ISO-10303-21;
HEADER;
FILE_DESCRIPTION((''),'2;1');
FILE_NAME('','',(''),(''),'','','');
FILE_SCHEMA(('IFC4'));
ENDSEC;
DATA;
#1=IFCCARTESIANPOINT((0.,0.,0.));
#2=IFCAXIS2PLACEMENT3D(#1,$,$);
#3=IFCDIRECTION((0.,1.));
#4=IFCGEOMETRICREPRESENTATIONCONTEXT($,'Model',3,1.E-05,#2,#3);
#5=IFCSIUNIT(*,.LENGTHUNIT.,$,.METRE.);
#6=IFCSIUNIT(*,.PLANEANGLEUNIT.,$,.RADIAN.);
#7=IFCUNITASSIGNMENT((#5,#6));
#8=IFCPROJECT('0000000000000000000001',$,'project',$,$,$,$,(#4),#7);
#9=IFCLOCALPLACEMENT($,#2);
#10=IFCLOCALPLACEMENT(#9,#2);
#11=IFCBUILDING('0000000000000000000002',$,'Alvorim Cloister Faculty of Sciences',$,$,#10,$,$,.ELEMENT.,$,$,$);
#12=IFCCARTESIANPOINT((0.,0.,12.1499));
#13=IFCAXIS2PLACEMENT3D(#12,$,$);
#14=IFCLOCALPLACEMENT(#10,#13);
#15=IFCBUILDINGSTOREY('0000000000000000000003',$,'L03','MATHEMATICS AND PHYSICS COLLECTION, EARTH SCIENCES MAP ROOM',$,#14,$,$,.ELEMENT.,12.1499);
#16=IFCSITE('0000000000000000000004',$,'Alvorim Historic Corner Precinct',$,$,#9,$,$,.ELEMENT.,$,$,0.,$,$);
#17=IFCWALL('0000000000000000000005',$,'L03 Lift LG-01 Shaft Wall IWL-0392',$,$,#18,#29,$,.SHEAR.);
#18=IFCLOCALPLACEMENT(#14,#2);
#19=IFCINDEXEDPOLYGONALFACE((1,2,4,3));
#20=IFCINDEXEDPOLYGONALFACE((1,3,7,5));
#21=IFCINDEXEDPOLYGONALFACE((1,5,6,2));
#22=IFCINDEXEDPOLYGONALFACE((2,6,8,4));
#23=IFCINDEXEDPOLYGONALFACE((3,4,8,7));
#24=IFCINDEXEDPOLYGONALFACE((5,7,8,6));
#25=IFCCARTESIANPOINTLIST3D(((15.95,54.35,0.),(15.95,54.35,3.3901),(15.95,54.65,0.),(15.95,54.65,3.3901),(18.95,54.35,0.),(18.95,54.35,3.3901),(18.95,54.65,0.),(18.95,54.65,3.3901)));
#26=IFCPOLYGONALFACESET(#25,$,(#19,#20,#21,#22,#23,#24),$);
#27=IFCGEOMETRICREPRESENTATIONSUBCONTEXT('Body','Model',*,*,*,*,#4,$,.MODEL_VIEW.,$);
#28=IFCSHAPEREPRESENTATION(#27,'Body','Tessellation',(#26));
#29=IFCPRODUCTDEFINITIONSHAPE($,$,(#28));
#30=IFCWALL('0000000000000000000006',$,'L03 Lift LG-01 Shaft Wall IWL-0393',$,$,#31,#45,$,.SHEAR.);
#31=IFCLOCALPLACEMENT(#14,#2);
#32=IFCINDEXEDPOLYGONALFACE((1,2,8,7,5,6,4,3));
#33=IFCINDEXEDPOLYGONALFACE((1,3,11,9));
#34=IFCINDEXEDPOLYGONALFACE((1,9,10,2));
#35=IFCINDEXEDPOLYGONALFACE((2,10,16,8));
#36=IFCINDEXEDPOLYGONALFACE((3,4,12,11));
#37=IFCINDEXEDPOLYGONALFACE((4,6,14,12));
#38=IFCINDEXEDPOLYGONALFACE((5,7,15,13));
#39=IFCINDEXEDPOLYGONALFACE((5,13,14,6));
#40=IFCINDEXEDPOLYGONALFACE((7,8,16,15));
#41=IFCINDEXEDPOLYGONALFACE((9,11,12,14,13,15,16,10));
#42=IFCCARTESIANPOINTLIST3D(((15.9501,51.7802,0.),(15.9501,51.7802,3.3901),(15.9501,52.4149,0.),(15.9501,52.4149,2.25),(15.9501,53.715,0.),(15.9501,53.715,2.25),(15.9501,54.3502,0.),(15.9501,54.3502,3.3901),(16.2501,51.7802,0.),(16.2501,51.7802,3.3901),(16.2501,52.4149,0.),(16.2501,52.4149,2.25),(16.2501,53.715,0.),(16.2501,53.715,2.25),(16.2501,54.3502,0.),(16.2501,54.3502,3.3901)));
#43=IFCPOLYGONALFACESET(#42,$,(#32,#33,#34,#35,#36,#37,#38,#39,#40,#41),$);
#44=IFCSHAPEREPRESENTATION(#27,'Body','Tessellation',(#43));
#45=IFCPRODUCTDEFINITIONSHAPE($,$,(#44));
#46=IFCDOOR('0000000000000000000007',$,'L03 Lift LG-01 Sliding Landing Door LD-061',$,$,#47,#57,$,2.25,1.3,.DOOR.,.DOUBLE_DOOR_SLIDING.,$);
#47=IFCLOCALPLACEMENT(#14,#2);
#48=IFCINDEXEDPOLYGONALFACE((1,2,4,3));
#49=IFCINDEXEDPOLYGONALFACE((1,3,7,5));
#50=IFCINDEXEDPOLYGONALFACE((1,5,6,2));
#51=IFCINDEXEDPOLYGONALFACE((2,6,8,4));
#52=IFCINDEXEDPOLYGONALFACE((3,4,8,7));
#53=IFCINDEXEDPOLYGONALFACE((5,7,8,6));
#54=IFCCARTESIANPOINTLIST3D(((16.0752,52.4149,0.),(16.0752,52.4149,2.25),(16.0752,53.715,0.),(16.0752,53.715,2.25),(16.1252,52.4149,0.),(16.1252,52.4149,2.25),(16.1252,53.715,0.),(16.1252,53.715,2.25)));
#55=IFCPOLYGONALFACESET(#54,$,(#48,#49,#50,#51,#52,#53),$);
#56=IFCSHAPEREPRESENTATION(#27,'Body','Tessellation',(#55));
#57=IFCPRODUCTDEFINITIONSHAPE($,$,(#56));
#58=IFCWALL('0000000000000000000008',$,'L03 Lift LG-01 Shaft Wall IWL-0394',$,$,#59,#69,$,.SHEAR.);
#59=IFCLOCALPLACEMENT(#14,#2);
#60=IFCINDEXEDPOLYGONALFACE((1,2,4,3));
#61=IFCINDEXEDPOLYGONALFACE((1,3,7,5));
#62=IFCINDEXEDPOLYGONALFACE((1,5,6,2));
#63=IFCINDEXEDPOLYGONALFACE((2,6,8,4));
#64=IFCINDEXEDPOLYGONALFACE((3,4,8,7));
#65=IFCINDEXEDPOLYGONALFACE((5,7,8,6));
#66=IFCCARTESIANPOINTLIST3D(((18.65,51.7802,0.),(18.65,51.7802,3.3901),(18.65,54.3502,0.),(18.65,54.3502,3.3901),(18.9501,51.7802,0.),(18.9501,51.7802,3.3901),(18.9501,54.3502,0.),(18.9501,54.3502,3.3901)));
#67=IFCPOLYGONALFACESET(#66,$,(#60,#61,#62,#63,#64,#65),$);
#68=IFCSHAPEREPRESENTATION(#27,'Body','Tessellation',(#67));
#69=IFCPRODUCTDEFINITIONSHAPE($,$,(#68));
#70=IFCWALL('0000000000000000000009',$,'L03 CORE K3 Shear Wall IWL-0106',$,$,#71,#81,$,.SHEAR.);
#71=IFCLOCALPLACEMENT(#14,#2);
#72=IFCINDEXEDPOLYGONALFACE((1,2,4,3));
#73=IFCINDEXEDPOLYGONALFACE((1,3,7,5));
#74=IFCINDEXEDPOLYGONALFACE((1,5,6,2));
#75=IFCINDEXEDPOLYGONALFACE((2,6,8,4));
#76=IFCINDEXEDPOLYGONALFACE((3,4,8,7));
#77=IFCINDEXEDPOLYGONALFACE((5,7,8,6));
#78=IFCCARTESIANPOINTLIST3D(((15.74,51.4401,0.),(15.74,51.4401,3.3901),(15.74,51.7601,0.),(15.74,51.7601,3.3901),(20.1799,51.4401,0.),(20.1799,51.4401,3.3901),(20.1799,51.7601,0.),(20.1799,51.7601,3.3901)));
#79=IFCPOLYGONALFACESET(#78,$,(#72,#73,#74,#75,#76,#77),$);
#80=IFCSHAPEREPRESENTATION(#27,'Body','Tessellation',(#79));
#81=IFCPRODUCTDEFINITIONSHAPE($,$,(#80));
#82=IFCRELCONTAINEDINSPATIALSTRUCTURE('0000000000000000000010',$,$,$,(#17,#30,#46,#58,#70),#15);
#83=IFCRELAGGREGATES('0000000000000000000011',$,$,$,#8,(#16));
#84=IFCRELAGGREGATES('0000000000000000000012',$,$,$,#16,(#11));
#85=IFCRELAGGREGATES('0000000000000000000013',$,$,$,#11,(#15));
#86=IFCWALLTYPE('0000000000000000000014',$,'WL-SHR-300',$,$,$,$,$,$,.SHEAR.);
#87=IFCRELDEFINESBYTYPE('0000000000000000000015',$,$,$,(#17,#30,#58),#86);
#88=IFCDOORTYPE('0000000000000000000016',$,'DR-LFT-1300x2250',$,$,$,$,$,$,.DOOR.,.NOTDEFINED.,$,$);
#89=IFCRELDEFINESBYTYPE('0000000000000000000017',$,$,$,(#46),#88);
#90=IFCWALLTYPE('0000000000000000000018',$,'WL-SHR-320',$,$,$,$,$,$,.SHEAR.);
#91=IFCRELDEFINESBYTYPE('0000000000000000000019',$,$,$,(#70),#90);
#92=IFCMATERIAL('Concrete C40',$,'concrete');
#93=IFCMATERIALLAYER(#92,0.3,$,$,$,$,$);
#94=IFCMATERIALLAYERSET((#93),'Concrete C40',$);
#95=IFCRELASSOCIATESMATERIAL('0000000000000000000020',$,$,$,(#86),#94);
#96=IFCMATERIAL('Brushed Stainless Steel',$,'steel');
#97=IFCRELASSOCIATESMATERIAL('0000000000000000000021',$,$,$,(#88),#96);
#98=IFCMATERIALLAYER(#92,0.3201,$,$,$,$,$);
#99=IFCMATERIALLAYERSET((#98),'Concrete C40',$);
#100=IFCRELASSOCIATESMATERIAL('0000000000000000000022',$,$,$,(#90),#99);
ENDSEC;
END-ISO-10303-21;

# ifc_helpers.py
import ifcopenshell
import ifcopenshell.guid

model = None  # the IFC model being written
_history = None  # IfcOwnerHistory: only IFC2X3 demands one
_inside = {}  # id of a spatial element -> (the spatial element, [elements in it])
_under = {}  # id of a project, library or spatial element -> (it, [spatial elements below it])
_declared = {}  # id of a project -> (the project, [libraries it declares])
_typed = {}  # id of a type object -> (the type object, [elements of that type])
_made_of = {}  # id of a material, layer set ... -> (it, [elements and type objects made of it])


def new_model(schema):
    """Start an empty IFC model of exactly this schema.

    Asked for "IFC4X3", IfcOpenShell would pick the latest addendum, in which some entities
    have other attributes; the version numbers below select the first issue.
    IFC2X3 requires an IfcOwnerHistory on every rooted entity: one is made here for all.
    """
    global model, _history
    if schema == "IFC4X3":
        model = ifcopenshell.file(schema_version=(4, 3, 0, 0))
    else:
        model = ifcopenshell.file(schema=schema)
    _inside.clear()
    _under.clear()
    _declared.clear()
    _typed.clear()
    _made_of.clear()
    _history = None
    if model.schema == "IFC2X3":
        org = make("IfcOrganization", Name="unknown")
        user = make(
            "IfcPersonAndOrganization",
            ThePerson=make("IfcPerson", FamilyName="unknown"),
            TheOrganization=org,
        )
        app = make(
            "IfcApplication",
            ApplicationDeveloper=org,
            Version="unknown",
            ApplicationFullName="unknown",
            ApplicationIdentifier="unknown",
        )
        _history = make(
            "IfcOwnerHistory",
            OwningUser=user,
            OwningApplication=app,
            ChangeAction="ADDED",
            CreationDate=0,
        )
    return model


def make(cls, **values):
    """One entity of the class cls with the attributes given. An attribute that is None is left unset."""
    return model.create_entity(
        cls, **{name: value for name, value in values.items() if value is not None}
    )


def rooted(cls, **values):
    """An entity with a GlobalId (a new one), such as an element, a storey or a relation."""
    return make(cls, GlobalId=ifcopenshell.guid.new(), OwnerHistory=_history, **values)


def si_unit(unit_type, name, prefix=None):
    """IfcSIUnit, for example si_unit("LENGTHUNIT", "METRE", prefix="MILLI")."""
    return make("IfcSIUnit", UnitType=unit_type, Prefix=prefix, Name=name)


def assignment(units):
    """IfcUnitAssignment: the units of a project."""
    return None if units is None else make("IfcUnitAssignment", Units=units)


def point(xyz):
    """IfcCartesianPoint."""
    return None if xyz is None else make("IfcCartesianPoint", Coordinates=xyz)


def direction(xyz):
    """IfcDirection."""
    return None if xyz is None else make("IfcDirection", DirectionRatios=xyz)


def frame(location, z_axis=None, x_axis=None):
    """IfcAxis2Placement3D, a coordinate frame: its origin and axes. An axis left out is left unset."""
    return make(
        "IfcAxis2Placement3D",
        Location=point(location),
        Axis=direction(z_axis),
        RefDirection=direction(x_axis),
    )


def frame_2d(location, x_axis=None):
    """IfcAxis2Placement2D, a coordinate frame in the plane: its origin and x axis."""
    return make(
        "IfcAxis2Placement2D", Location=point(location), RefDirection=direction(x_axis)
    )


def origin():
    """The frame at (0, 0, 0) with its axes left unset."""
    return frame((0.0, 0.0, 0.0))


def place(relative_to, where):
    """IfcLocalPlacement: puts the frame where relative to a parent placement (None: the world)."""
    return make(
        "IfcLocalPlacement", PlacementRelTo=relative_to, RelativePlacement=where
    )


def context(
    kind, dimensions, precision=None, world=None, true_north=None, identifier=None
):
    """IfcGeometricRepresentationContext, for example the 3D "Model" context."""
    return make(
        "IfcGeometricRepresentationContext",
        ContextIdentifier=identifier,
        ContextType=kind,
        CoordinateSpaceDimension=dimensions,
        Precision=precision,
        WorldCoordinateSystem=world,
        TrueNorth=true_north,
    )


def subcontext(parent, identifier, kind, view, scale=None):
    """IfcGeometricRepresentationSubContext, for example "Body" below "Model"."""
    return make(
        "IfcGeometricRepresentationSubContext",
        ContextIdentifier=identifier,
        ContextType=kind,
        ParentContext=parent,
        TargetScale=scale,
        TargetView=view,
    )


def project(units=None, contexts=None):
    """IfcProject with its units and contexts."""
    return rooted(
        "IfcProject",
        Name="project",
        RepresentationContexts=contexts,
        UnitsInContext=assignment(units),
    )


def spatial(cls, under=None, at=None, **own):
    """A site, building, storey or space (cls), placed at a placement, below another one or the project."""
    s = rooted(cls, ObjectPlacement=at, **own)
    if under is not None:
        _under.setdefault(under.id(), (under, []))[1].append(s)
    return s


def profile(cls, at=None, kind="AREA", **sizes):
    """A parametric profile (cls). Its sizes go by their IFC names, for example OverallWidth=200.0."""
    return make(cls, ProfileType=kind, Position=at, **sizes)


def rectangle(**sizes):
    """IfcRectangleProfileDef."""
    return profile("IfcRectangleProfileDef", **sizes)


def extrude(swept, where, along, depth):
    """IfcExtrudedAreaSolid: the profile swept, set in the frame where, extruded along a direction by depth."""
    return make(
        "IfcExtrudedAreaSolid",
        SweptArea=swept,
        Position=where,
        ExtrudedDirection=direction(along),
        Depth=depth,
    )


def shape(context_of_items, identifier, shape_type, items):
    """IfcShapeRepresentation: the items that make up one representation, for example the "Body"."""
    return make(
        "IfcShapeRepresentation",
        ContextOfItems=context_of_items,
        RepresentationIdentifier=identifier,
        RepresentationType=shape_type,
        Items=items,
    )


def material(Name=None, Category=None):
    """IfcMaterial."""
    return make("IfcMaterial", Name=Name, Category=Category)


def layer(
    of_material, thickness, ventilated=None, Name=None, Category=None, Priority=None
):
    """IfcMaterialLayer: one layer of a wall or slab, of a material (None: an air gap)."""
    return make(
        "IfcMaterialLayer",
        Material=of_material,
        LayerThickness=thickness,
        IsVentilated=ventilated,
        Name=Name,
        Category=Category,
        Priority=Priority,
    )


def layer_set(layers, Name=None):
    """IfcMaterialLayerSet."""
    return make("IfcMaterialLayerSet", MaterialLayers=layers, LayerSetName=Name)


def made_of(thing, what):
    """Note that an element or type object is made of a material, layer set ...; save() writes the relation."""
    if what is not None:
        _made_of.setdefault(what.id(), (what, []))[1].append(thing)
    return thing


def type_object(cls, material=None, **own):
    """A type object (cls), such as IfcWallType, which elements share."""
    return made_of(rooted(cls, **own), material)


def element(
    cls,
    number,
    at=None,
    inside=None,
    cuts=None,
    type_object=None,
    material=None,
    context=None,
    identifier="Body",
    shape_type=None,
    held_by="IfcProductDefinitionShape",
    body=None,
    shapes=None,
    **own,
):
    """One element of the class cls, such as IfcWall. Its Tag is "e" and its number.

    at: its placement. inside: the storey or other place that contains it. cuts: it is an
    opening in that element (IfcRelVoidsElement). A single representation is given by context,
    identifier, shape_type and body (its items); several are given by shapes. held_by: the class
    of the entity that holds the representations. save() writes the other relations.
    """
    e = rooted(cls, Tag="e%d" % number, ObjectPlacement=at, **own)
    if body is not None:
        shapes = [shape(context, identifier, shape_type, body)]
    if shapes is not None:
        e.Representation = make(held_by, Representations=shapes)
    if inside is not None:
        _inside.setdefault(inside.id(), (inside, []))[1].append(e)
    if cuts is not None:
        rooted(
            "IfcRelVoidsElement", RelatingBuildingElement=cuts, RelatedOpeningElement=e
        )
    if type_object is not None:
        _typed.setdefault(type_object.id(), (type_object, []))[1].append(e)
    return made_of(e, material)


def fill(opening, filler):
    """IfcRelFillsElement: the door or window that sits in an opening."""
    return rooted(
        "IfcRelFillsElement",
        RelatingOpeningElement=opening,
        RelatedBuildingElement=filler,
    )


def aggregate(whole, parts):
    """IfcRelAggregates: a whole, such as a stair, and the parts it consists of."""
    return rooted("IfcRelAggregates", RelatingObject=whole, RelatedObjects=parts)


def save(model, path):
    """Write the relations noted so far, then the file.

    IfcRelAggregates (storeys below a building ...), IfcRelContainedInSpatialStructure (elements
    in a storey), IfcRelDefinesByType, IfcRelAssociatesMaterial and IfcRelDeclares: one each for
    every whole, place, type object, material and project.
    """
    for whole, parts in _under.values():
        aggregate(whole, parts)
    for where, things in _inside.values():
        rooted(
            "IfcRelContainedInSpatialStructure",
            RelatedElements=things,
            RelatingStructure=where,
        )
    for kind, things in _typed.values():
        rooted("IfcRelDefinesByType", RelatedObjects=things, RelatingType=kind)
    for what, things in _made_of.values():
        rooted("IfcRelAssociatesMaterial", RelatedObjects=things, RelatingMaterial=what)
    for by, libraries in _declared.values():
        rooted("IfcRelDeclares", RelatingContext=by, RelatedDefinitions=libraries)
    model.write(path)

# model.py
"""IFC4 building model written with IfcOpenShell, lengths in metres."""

from ifc_helpers import new_model, si_unit, direction, frame, frame_2d, origin, place, context, subcontext, project, spatial, rectangle, extrude, material, layer, layer_set, type_object, element, fill, save


model = new_model("IFC4")

# Units and contexts
model_context = context("Model", 3, precision=1e-05, world=origin(), true_north=direction((0.0, 1.0)))
body_context = subcontext(model_context, "Body", "Model", "MODEL_VIEW")
ifc_project = project(units=[si_unit("LENGTHUNIT", "METRE"), si_unit("PLANEANGLEUNIT", "RADIAN")], contexts=[model_context])

# Site, building, storey
site_placement = place(None, origin())
site = spatial("IfcSite", under=ifc_project, at=site_placement, Name="Alvorim Historic Corner Precinct", CompositionType="ELEMENT", RefElevation=0.0)
building_placement = place(site_placement, origin())
building = spatial("IfcBuilding", under=site, at=building_placement, Name="Alvorim Cloister Faculty of Sciences", CompositionType="ELEMENT")
storey_placement = place(building_placement, frame((0.0, 0.0, 12.1499)))
storey = spatial("IfcBuildingStorey", under=building, at=storey_placement, Name="L03", Description="MATHEMATICS AND PHYSICS COLLECTION, EARTH SCIENCES MAP ROOM", CompositionType="ELEMENT", Elevation=12.1499)

# Wall
ifc_material_1 = material(Name="Concrete C40", Category="concrete")
ifc_layer_1 = layer(ifc_material_1, 0.3)
ifc_layer_set_1 = layer_set([ifc_layer_1], Name="Concrete C40")
wall_type_1 = type_object("IfcWallType", Name="WL-SHR-300", PredefinedType="SHEAR", material=ifc_layer_set_1)
wall_1_placement = place(storey_placement, frame((15.95, 54.5, 0.0), z_axis=(0.0, 0.0, 1.0), x_axis=(1.0, 0.0, 0.0)))
element("IfcWall", 1, at=wall_1_placement, inside=storey, type_object=wall_type_1, Name="L03 Lift LG-01 Shaft Wall IWL-0392", PredefinedType="SHEAR", context=body_context, shape_type="SweptSolid", body=[
    extrude(rectangle(XDim=3.0, YDim=0.3, at=frame_2d((1.5, 0.0))), origin(), (0.0, 0.0, 1.0), 3.3901),
])

# Wall, opening, door
wall_2_placement = place(storey_placement, frame((16.1001, 51.78, 0.0), z_axis=(0.0, 0.0, 1.0), x_axis=(0.0, 1.0, 0.0)))
wall_2 = element("IfcWall", 2, at=wall_2_placement, inside=storey, type_object=wall_type_1, Name="L03 Lift LG-01 Shaft Wall IWL-0393", PredefinedType="SHEAR", context=body_context, shape_type="SweptSolid", body=[
    extrude(rectangle(XDim=2.5701, YDim=0.3, at=frame_2d((1.2852, 0.0))), origin(), (0.0, 0.0, 1.0), 3.3901),
])
opening_1_placement = place(wall_2_placement, frame((0.635, 0.0, 0.0)))
opening_1 = element("IfcOpeningElement", 3, at=opening_1_placement, cuts=wall_2, PredefinedType="OPENING", context=body_context, shape_type="SweptSolid", body=[
    extrude(rectangle(XDim=1.3, YDim=2.25, at=frame_2d((0.6499, 1.125))), frame((0.0, 0.1621, 0.0), z_axis=(0.0, -1.0, 0.0), x_axis=(1.0, 0.0, 0.0)), (0.0, 0.0, 1.0), 0.324),
])
ifc_material_2 = material(Name="Brushed Stainless Steel", Category="steel")
door_type_1 = type_object("IfcDoorType", Name="DR-LFT-1300x2250", OperationType="NOTDEFINED", PredefinedType="DOOR", material=ifc_material_2)
door_1_placement = place(opening_1_placement, origin())
door_1 = element("IfcDoor", 4, at=door_1_placement, inside=storey, type_object=door_type_1, Name="L03 Lift LG-01 Sliding Landing Door LD-061", OperationType="DOUBLE_DOOR_SLIDING", OverallHeight=2.25, OverallWidth=1.3, PredefinedType="DOOR", context=body_context, shape_type="SweptSolid", body=[
    extrude(rectangle(XDim=1.3, YDim=2.25, at=frame_2d((0.6499, 1.125))), frame((0.0, 0.0249, 0.0), z_axis=(0.0, -1.0, 0.0), x_axis=(1.0, 0.0, 0.0)), (0.0, 0.0, 1.0), 0.05),
])
fill(opening_1, door_1)

# Walls
wall_3_placement = place(storey_placement, frame((18.8, 51.78, 0.0), z_axis=(0.0, 0.0, 1.0), x_axis=(0.0, 1.0, 0.0)))
element("IfcWall", 5, at=wall_3_placement, inside=storey, type_object=wall_type_1, Name="L03 Lift LG-01 Shaft Wall IWL-0394", PredefinedType="SHEAR", context=body_context, shape_type="SweptSolid", body=[
    extrude(rectangle(XDim=2.5701, YDim=0.3, at=frame_2d((1.2852, 0.0))), origin(), (0.0, 0.0, 1.0), 3.3901),
])
ifc_layer_2 = layer(ifc_material_1, 0.3201)
ifc_layer_set_2 = layer_set([ifc_layer_2], Name="Concrete C40")
wall_type_2 = type_object("IfcWallType", Name="WL-SHR-320", PredefinedType="SHEAR", material=ifc_layer_set_2)
wall_4_placement = place(storey_placement, frame((15.74, 51.6001, 0.0), z_axis=(0.0, 0.0, 1.0), x_axis=(1.0, 0.0, 0.0)))
element("IfcWall", 6, at=wall_4_placement, inside=storey, type_object=wall_type_2, Name="L03 CORE K3 Shear Wall IWL-0106", PredefinedType="SHEAR", context=body_context, shape_type="SweptSolid", body=[
    extrude(rectangle(XDim=4.4399, YDim=0.3201, at=frame_2d((2.22, 0.0))), origin(), (0.0, 0.0, 1.0), 3.3901),
])

save(model, "model.ifc")
